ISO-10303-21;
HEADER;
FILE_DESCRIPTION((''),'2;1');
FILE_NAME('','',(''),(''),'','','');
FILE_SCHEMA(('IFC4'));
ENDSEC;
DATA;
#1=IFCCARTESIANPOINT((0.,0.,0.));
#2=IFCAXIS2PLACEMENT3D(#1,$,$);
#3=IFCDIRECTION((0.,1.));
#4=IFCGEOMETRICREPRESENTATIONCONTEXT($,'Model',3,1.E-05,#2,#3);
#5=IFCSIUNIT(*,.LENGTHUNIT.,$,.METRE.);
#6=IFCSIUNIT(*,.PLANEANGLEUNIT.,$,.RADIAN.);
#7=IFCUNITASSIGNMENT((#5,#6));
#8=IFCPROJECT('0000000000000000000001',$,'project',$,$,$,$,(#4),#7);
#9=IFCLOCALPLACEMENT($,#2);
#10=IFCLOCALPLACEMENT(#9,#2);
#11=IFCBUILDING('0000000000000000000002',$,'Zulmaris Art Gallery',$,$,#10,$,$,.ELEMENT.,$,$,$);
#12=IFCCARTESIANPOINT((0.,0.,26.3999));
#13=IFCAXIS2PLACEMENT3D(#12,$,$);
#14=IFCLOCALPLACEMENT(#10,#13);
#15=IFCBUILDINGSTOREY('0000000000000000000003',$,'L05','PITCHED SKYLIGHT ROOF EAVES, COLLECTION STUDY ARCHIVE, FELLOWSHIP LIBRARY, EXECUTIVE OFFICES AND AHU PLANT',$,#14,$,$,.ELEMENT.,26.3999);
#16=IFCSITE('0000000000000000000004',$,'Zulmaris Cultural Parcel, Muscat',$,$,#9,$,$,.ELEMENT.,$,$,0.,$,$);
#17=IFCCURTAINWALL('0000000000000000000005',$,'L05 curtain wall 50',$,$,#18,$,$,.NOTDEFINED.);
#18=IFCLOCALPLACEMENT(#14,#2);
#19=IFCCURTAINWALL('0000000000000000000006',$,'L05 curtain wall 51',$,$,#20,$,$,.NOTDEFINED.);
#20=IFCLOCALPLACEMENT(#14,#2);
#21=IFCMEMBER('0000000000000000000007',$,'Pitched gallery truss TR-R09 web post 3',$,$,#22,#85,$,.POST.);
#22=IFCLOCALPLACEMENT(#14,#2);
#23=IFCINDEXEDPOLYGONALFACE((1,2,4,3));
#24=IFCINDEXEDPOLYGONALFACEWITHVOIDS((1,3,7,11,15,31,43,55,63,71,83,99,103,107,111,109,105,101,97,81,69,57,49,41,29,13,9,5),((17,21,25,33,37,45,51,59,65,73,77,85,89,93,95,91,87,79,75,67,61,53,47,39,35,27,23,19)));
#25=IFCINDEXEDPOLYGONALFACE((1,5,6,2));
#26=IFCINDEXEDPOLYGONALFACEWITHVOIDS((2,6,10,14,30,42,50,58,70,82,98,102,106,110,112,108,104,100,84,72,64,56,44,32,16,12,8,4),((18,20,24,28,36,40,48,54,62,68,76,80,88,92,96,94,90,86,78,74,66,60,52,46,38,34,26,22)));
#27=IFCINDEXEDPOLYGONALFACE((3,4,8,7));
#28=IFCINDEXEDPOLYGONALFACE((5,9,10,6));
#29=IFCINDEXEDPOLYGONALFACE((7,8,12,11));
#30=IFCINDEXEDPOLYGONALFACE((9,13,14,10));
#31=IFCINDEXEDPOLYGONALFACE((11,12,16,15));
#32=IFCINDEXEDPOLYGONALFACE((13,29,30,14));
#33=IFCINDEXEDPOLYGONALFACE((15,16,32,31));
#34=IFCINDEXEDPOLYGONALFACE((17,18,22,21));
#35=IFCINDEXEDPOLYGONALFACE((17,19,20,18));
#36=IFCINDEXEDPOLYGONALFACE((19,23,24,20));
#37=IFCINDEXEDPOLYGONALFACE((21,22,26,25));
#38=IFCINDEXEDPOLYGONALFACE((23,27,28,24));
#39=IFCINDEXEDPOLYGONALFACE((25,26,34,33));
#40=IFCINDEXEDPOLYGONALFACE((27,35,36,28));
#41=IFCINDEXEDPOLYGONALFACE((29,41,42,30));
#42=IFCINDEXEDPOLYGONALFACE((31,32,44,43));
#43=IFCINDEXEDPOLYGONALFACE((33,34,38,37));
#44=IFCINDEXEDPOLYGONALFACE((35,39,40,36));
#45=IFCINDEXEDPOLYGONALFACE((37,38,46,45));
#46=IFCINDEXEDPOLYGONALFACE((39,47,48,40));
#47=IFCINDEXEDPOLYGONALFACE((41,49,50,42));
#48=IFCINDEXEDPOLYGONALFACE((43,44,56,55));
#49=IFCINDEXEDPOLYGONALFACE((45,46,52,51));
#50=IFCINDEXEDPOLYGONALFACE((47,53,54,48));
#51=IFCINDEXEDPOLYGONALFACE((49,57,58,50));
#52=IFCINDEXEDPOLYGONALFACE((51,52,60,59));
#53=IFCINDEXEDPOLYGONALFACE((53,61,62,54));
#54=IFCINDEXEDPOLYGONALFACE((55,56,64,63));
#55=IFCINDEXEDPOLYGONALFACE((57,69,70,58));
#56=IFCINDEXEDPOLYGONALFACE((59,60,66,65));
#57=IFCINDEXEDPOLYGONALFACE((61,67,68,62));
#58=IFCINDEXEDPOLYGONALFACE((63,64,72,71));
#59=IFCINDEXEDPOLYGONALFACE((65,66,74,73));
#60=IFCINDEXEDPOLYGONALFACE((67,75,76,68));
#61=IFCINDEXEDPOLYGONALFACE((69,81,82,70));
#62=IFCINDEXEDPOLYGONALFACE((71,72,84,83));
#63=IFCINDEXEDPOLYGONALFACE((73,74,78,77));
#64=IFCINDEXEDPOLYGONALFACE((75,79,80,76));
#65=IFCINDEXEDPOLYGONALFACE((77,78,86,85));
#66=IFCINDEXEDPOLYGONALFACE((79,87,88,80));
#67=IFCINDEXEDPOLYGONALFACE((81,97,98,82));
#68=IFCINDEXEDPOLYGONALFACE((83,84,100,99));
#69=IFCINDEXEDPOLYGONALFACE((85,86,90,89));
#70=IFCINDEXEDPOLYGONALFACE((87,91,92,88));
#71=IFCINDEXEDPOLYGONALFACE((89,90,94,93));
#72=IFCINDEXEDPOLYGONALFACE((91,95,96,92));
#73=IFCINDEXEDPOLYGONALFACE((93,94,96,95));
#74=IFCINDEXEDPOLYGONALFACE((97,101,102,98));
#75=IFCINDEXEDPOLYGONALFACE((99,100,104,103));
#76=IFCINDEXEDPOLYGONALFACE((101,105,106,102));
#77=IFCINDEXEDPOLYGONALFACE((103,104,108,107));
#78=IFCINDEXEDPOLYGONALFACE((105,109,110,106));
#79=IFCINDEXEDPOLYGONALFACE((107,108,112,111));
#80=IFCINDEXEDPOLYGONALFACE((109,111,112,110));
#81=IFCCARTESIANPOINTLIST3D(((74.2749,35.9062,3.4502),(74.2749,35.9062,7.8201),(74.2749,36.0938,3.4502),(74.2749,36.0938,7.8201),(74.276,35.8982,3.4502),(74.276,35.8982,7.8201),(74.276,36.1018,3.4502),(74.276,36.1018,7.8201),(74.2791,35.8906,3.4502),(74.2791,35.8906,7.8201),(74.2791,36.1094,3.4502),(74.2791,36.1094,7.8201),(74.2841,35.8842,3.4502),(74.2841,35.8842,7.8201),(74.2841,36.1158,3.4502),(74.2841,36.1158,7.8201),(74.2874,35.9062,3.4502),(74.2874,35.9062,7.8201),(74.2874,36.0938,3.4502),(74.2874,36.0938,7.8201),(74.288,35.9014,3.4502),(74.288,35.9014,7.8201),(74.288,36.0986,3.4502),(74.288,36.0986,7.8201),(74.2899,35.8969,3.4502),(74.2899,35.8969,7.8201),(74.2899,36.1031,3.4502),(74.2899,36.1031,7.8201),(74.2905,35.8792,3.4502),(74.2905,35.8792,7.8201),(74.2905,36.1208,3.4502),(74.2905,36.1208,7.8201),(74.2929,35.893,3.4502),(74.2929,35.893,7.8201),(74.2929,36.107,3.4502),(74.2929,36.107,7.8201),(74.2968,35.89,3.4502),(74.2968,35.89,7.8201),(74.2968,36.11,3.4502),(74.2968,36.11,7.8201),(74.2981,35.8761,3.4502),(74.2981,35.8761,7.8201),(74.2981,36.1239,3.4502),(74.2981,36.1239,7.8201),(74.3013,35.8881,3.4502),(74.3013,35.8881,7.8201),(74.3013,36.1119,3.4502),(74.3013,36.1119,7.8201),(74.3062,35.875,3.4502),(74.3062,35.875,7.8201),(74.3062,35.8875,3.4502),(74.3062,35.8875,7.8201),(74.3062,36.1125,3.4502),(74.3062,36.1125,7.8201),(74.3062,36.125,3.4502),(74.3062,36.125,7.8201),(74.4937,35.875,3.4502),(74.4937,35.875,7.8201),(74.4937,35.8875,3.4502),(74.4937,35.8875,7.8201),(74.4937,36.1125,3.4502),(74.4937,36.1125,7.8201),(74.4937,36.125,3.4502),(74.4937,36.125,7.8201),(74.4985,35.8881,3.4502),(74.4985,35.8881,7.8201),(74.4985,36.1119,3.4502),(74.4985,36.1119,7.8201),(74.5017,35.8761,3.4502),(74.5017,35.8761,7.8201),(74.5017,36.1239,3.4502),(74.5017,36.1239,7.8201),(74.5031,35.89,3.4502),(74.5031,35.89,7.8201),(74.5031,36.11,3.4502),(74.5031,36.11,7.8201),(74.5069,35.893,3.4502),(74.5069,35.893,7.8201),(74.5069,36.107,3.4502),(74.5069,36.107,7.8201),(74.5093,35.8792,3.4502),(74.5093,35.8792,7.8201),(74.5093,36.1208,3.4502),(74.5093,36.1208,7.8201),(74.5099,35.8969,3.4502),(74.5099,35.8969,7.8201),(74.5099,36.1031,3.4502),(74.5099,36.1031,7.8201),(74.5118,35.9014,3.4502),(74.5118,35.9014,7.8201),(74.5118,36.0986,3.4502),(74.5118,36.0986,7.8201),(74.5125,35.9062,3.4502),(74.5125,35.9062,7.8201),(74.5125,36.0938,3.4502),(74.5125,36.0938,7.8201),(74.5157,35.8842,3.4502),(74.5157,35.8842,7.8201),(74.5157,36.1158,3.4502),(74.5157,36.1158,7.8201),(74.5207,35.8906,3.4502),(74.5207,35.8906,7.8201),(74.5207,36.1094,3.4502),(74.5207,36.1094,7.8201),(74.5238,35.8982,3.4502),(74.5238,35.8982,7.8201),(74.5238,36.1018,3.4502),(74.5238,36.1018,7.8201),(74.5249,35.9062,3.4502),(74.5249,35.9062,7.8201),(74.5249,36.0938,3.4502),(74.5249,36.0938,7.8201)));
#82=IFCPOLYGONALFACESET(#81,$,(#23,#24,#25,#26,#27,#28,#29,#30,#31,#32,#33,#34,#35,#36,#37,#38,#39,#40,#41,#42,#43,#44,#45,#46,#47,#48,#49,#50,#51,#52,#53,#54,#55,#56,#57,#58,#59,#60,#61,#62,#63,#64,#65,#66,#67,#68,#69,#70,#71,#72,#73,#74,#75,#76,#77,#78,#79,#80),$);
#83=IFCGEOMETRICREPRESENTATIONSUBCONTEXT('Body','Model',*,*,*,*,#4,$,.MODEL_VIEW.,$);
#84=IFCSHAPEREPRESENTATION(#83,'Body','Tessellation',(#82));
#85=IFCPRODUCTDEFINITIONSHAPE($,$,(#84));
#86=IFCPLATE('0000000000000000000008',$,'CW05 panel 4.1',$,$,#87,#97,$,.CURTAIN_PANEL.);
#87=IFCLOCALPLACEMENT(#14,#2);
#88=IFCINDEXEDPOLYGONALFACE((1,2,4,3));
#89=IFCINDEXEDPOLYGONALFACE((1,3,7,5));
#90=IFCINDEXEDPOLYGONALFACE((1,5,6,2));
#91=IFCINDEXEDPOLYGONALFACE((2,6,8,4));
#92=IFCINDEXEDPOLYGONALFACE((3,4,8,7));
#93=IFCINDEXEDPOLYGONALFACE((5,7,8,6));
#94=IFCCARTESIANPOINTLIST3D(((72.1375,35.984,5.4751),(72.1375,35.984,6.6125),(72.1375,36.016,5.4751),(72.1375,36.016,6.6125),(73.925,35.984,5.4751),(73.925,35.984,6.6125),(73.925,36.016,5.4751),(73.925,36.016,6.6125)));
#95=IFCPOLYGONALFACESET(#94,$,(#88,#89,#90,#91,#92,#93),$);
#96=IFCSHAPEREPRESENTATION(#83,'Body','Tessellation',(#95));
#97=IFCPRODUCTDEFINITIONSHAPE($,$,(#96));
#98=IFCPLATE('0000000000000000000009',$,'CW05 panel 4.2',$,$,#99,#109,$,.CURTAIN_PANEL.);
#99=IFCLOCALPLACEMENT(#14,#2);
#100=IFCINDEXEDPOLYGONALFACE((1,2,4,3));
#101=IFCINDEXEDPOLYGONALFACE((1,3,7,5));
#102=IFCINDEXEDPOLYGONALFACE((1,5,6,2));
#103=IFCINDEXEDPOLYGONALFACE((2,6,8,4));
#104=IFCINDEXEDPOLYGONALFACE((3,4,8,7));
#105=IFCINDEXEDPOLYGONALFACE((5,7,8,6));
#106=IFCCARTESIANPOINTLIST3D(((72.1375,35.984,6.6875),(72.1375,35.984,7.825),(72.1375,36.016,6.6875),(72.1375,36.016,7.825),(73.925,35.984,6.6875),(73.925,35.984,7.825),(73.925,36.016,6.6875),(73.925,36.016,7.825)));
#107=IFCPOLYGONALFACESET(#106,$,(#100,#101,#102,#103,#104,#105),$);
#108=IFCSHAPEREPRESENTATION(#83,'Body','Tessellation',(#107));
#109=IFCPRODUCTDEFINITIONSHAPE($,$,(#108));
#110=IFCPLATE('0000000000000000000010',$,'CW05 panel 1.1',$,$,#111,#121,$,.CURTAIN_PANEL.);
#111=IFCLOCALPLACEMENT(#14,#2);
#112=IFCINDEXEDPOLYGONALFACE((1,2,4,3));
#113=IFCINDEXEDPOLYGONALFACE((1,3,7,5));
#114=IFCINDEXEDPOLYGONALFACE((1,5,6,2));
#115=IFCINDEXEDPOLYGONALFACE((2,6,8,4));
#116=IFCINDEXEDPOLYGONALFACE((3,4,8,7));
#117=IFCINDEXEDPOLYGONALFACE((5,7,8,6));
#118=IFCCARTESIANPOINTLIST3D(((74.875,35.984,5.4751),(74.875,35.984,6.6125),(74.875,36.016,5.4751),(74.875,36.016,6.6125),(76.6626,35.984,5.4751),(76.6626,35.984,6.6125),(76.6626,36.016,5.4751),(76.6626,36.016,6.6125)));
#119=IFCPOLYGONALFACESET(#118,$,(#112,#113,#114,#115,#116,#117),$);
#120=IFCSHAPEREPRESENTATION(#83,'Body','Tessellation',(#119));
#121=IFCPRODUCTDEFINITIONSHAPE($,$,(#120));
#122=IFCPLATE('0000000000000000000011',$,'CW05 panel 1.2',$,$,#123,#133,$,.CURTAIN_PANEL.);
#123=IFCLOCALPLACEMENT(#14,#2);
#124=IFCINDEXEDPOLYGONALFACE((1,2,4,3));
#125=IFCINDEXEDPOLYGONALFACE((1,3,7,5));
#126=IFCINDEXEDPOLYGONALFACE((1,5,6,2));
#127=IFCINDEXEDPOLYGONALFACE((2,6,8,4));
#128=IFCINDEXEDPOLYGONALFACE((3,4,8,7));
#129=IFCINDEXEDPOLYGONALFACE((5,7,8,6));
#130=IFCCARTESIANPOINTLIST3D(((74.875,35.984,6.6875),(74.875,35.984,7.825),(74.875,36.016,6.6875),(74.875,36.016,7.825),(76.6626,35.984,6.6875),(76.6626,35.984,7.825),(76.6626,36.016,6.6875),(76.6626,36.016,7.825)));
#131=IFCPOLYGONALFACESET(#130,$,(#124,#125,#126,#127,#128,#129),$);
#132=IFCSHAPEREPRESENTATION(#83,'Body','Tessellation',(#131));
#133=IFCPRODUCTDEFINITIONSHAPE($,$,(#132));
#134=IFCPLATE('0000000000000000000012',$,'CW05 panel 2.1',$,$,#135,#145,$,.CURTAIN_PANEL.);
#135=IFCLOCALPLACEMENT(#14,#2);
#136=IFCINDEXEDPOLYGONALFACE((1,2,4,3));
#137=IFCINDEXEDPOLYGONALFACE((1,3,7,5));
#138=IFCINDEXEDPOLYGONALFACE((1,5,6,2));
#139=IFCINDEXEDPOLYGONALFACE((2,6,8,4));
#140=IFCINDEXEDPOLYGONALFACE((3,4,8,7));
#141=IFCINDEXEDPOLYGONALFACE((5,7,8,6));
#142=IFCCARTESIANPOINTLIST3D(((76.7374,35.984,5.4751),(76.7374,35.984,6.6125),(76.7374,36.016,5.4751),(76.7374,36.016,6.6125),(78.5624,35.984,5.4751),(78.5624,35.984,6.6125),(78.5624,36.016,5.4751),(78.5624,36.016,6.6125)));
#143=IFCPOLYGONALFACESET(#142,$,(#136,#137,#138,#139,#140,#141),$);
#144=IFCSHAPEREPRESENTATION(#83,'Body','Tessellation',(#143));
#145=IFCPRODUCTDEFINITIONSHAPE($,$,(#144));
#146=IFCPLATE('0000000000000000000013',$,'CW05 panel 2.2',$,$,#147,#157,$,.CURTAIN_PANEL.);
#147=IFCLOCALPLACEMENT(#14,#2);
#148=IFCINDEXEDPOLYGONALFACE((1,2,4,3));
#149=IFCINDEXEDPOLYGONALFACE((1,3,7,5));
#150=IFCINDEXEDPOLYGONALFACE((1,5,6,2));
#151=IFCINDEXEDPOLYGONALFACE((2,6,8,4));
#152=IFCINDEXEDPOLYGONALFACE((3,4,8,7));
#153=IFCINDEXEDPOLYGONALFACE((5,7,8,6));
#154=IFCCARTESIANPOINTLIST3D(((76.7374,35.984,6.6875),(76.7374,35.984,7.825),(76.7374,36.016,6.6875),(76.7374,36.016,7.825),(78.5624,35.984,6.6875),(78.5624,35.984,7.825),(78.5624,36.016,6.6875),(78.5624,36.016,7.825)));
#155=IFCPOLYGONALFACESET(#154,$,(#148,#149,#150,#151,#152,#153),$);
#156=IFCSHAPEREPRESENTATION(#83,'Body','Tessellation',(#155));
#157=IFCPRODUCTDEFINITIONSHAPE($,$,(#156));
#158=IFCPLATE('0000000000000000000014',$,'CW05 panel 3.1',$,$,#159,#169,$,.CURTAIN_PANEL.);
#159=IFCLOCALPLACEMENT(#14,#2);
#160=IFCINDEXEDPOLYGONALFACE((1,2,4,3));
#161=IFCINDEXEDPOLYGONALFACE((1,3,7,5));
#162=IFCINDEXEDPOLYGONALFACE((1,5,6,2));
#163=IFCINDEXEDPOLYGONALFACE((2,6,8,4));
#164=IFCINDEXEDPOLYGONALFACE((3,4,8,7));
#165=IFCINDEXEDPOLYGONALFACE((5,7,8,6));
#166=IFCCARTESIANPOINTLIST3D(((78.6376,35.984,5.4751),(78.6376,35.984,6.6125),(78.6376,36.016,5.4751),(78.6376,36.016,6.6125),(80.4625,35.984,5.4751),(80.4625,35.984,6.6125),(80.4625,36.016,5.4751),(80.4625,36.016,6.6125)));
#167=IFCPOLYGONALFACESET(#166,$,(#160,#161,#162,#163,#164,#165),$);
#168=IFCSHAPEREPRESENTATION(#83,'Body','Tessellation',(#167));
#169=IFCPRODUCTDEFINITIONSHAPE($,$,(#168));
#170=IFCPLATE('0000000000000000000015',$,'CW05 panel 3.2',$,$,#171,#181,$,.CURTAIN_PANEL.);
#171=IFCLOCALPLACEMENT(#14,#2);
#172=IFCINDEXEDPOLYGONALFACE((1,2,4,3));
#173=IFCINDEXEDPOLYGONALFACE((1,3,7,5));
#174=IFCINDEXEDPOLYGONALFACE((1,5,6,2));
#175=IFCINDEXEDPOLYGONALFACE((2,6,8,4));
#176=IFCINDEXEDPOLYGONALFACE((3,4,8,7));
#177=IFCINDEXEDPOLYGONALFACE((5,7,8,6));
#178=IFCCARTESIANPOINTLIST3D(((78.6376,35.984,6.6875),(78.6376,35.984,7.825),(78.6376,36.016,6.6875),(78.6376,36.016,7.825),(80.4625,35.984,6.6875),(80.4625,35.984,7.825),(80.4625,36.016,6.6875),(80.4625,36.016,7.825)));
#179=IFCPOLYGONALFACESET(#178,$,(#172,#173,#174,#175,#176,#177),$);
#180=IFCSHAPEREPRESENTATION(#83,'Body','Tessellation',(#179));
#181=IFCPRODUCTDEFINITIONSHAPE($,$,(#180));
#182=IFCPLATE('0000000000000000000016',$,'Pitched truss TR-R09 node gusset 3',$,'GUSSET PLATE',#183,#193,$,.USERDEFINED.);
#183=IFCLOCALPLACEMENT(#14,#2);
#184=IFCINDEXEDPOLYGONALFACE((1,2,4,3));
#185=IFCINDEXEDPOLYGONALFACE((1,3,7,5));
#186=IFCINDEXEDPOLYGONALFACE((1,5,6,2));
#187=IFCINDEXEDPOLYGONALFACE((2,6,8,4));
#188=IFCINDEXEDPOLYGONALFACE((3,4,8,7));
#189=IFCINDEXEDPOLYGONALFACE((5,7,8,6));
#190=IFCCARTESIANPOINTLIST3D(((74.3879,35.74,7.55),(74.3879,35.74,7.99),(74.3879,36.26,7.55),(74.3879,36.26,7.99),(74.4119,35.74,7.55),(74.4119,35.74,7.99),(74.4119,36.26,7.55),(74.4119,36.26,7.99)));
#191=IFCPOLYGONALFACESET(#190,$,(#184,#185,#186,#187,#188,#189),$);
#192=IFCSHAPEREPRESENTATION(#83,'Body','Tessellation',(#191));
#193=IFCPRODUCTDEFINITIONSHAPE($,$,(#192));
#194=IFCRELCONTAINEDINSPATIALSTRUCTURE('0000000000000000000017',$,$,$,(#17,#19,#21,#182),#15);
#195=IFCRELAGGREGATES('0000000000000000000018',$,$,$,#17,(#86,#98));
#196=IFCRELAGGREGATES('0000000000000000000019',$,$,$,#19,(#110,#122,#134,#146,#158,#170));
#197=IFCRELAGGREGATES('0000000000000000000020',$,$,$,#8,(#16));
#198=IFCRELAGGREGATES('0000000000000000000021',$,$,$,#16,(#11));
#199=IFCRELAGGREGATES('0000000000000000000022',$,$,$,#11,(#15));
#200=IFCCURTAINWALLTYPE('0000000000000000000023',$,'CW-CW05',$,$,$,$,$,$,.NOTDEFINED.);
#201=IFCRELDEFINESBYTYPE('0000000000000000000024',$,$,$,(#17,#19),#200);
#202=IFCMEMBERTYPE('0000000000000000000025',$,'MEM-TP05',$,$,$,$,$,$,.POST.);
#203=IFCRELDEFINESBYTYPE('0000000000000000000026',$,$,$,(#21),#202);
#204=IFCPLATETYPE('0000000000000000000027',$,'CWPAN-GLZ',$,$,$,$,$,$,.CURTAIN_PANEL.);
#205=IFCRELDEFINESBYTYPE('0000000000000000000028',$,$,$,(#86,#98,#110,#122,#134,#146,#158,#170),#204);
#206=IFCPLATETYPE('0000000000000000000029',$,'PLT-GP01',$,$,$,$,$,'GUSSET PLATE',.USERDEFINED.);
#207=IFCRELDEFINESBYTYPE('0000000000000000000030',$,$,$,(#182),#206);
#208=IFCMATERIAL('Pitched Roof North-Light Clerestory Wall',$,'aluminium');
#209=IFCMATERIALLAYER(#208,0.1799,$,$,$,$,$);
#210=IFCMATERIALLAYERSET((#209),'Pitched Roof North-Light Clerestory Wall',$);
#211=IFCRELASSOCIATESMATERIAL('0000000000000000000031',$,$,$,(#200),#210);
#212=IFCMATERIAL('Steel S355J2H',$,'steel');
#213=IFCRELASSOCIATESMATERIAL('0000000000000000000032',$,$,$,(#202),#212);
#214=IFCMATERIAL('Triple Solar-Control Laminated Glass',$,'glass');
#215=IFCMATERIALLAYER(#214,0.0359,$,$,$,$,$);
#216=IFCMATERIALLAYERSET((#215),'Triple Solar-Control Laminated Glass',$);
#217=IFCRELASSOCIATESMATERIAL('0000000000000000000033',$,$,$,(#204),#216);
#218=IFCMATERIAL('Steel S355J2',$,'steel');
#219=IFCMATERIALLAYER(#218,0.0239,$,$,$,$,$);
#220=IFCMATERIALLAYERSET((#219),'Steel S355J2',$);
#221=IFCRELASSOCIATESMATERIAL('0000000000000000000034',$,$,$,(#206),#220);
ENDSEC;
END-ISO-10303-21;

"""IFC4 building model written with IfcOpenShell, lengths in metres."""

from ifc_helpers import new_model, si_unit, direction, frame, origin, origin_2d, place, context, subcontext, project, spatial, rectangle, hollow_rectangle, extrude, material, layer, layer_set, material_profile, profile_set, type_object, element, aggregate, save


model = new_model("IFC4")

# Units and contexts
model_context = context("Model", 3, precision=1e-05, world=origin(), true_north=direction((0.0, 1.0)))
body_context = subcontext(model_context, "Body", "Model", "MODEL_VIEW")
ifc_project = project(units=[si_unit("LENGTHUNIT", "METRE"), si_unit("PLANEANGLEUNIT", "RADIAN")], contexts=[model_context])

# Site, building, storey
site_placement = place(None, origin())
site = spatial("IfcSite", under=ifc_project, at=site_placement, Name="Zulmaris Cultural Parcel, Muscat", CompositionType="ELEMENT", RefElevation=0.0)
building_placement = place(site_placement, origin())
building = spatial("IfcBuilding", under=site, at=building_placement, Name="Zulmaris Art Gallery", CompositionType="ELEMENT")
storey_placement = place(building_placement, frame((0.0, 0.0, 26.3999)))
storey = spatial("IfcBuildingStorey", under=building, at=storey_placement, Name="L05", Description="PITCHED SKYLIGHT ROOF EAVES, COLLECTION STUDY ARCHIVE, FELLOWSHIP LIBRARY, EXECUTIVE OFFICES AND AHU PLANT", CompositionType="ELEMENT", Elevation=26.3999)

# Curtain wall
ifc_material_1 = material(Name="Pitched Roof North-Light Clerestory Wall", Category="aluminium")
ifc_layer_1 = layer(ifc_material_1, 0.1799)
ifc_layer_set_1 = layer_set([ifc_layer_1], Name="Pitched Roof North-Light Clerestory Wall")
curtain_wall_type = type_object("IfcCurtainWallType", Name="CW-CW05", PredefinedType="NOTDEFINED", material=ifc_layer_set_1)
curtain_wall_1_placement = place(storey_placement, origin())
curtain_wall_1 = element("IfcCurtainWall", 1, at=curtain_wall_1_placement, inside=storey, type_object=curtain_wall_type, Name="L05 curtain wall 50", PredefinedType="NOTDEFINED")

# Curtain wall
curtain_wall_2_placement = place(storey_placement, origin())
curtain_wall_2 = element("IfcCurtainWall", 2, at=curtain_wall_2_placement, inside=storey, type_object=curtain_wall_type, Name="L05 curtain wall 51", PredefinedType="NOTDEFINED")

# Member
ifc_material_2 = material(Name="Steel S355J2", Category="steel")
ifc_material_3 = material(Name="Steel S355J2H", Category="steel")
ifc_material_profile_1 = material_profile(ifc_material_3, hollow_rectangle(XDim=0.25, YDim=0.25, WallThickness=0.0125, InnerFilletRadius=0.0188, OuterFilletRadius=0.0312, at=origin_2d()), Name="SHS 250x250x12.5")
ifc_profile_set_1 = profile_set([ifc_material_profile_1], Name="Steel S355J2H")
member_type_1 = type_object("IfcMemberType", Name="MEM-TP05", PredefinedType="POST", material=ifc_profile_set_1)
member_1_placement = place(storey_placement, frame((74.3999, 36.0, 3.4502), z_axis=(0.0, 0.0, 1.0), x_axis=(1.0, 0.0, 0.0)))
element("IfcMember", 3, at=member_1_placement, inside=storey, type_object=member_type_1, Name="Pitched gallery truss TR-R09 web post 3", PredefinedType="POST", context=body_context, shape_type="SweptSolid", body=[
    extrude(hollow_rectangle(XDim=0.25, YDim=0.25, WallThickness=0.0125, InnerFilletRadius=0.0188, OuterFilletRadius=0.0312, at=origin_2d()), origin(), (0.0, 0.0, 1.0), 4.3699),
])

# Plates
ifc_material_4 = material(Name="Triple Solar-Control Laminated Glass", Category="glass")
ifc_layer_2 = layer(ifc_material_4, 0.0359)
ifc_layer_set_2 = layer_set([ifc_layer_2], Name="Triple Solar-Control Laminated Glass")
plate_type_1 = type_object("IfcPlateType", Name="CWPAN-GLZ", PredefinedType="CURTAIN_PANEL", material=ifc_layer_set_2)
plate_1_placement = place(storey_placement, frame((73.0312, 36.0, 5.4751), z_axis=(0.0, 0.0, 1.0), x_axis=(1.0, 0.0, 0.0)))
plate_1 = element("IfcPlate", 4, at=plate_1_placement, type_object=plate_type_1, Name="CW05 panel 4.1", PredefinedType="CURTAIN_PANEL", context=body_context, shape_type="SweptSolid", body=[
    extrude(rectangle(XDim=1.7876, YDim=0.032, at=origin_2d()), origin(), (0.0, 0.0, 1.0), 1.1375),
])
plate_2_placement = place(storey_placement, frame((73.0312, 36.0, 6.6875), z_axis=(0.0, 0.0, 1.0), x_axis=(1.0, 0.0, 0.0)))
plate_2 = element("IfcPlate", 5, at=plate_2_placement, type_object=plate_type_1, Name="CW05 panel 4.2", PredefinedType="CURTAIN_PANEL", context=body_context, shape_type="SweptSolid", body=[
    extrude(rectangle(XDim=1.7876, YDim=0.032, at=origin_2d()), origin(), (0.0, 0.0, 1.0), 1.1375),
])
aggregate(curtain_wall_1, [plate_1, plate_2])
plate_3_placement = place(storey_placement, frame((75.7688, 36.0, 5.4751), z_axis=(0.0, 0.0, 1.0), x_axis=(1.0, 0.0, 0.0)))
plate_3 = element("IfcPlate", 6, at=plate_3_placement, type_object=plate_type_1, Name="CW05 panel 1.1", PredefinedType="CURTAIN_PANEL", context=body_context, shape_type="SweptSolid", body=[
    extrude(rectangle(XDim=1.7876, YDim=0.032, at=origin_2d()), origin(), (0.0, 0.0, 1.0), 1.1375),
])
plate_4_placement = place(storey_placement, frame((75.7688, 36.0, 6.6875), z_axis=(0.0, 0.0, 1.0), x_axis=(1.0, 0.0, 0.0)))
plate_4 = element("IfcPlate", 7, at=plate_4_placement, type_object=plate_type_1, Name="CW05 panel 1.2", PredefinedType="CURTAIN_PANEL", context=body_context, shape_type="SweptSolid", body=[
    extrude(rectangle(XDim=1.7876, YDim=0.032, at=origin_2d()), origin(), (0.0, 0.0, 1.0), 1.1375),
])
plate_5_placement = place(storey_placement, frame((77.6499, 36.0, 5.4751), z_axis=(0.0, 0.0, 1.0), x_axis=(1.0, 0.0, 0.0)))
plate_5 = element("IfcPlate", 8, at=plate_5_placement, type_object=plate_type_1, Name="CW05 panel 2.1", PredefinedType="CURTAIN_PANEL", context=body_context, shape_type="SweptSolid", body=[
    extrude(rectangle(XDim=1.825, YDim=0.032, at=origin_2d()), origin(), (0.0, 0.0, 1.0), 1.1375),
])
plate_6_placement = place(storey_placement, frame((77.6499, 36.0, 6.6875), z_axis=(0.0, 0.0, 1.0), x_axis=(1.0, 0.0, 0.0)))
plate_6 = element("IfcPlate", 9, at=plate_6_placement, type_object=plate_type_1, Name="CW05 panel 2.2", PredefinedType="CURTAIN_PANEL", context=body_context, shape_type="SweptSolid", body=[
    extrude(rectangle(XDim=1.825, YDim=0.032, at=origin_2d()), origin(), (0.0, 0.0, 1.0), 1.1375),
])
plate_7_placement = place(storey_placement, frame((79.55, 36.0, 5.4751), z_axis=(0.0, 0.0, 1.0), x_axis=(1.0, 0.0, 0.0)))
plate_7 = element("IfcPlate", 10, at=plate_7_placement, type_object=plate_type_1, Name="CW05 panel 3.1", PredefinedType="CURTAIN_PANEL", context=body_context, shape_type="SweptSolid", body=[
    extrude(rectangle(XDim=1.825, YDim=0.032, at=origin_2d()), origin(), (0.0, 0.0, 1.0), 1.1375),
])
plate_8_placement = place(storey_placement, frame((79.55, 36.0, 6.6875), z_axis=(0.0, 0.0, 1.0), x_axis=(1.0, 0.0, 0.0)))
plate_8 = element("IfcPlate", 11, at=plate_8_placement, type_object=plate_type_1, Name="CW05 panel 3.2", PredefinedType="CURTAIN_PANEL", context=body_context, shape_type="SweptSolid", body=[
    extrude(rectangle(XDim=1.825, YDim=0.032, at=origin_2d()), origin(), (0.0, 0.0, 1.0), 1.1375),
])
aggregate(curtain_wall_2, [plate_3, plate_4, plate_5, plate_6, plate_7, plate_8])
ifc_layer_3 = layer(ifc_material_2, 0.0239)
ifc_layer_set_3 = layer_set([ifc_layer_3], Name="Steel S355J2")
plate_type_2 = type_object("IfcPlateType", Name="PLT-GP01", ElementType="GUSSET PLATE", PredefinedType="USERDEFINED", material=ifc_layer_set_3)
plate_9_placement = place(storey_placement, frame((74.3999, 36.0, 7.55), z_axis=(0.0, 0.0, 1.0), x_axis=(1.0, 0.0, 0.0)))
element("IfcPlate", 12, at=plate_9_placement, inside=storey, type_object=plate_type_2, Name="Pitched truss TR-R09 node gusset 3", ObjectType="GUSSET PLATE", PredefinedType="USERDEFINED", context=body_context, shape_type="SweptSolid", body=[
    extrude(rectangle(XDim=0.0239, YDim=0.52, at=origin_2d()), origin(), (0.0, 0.0, 1.0), 0.4399),
])

save(model, "model.ifc")
